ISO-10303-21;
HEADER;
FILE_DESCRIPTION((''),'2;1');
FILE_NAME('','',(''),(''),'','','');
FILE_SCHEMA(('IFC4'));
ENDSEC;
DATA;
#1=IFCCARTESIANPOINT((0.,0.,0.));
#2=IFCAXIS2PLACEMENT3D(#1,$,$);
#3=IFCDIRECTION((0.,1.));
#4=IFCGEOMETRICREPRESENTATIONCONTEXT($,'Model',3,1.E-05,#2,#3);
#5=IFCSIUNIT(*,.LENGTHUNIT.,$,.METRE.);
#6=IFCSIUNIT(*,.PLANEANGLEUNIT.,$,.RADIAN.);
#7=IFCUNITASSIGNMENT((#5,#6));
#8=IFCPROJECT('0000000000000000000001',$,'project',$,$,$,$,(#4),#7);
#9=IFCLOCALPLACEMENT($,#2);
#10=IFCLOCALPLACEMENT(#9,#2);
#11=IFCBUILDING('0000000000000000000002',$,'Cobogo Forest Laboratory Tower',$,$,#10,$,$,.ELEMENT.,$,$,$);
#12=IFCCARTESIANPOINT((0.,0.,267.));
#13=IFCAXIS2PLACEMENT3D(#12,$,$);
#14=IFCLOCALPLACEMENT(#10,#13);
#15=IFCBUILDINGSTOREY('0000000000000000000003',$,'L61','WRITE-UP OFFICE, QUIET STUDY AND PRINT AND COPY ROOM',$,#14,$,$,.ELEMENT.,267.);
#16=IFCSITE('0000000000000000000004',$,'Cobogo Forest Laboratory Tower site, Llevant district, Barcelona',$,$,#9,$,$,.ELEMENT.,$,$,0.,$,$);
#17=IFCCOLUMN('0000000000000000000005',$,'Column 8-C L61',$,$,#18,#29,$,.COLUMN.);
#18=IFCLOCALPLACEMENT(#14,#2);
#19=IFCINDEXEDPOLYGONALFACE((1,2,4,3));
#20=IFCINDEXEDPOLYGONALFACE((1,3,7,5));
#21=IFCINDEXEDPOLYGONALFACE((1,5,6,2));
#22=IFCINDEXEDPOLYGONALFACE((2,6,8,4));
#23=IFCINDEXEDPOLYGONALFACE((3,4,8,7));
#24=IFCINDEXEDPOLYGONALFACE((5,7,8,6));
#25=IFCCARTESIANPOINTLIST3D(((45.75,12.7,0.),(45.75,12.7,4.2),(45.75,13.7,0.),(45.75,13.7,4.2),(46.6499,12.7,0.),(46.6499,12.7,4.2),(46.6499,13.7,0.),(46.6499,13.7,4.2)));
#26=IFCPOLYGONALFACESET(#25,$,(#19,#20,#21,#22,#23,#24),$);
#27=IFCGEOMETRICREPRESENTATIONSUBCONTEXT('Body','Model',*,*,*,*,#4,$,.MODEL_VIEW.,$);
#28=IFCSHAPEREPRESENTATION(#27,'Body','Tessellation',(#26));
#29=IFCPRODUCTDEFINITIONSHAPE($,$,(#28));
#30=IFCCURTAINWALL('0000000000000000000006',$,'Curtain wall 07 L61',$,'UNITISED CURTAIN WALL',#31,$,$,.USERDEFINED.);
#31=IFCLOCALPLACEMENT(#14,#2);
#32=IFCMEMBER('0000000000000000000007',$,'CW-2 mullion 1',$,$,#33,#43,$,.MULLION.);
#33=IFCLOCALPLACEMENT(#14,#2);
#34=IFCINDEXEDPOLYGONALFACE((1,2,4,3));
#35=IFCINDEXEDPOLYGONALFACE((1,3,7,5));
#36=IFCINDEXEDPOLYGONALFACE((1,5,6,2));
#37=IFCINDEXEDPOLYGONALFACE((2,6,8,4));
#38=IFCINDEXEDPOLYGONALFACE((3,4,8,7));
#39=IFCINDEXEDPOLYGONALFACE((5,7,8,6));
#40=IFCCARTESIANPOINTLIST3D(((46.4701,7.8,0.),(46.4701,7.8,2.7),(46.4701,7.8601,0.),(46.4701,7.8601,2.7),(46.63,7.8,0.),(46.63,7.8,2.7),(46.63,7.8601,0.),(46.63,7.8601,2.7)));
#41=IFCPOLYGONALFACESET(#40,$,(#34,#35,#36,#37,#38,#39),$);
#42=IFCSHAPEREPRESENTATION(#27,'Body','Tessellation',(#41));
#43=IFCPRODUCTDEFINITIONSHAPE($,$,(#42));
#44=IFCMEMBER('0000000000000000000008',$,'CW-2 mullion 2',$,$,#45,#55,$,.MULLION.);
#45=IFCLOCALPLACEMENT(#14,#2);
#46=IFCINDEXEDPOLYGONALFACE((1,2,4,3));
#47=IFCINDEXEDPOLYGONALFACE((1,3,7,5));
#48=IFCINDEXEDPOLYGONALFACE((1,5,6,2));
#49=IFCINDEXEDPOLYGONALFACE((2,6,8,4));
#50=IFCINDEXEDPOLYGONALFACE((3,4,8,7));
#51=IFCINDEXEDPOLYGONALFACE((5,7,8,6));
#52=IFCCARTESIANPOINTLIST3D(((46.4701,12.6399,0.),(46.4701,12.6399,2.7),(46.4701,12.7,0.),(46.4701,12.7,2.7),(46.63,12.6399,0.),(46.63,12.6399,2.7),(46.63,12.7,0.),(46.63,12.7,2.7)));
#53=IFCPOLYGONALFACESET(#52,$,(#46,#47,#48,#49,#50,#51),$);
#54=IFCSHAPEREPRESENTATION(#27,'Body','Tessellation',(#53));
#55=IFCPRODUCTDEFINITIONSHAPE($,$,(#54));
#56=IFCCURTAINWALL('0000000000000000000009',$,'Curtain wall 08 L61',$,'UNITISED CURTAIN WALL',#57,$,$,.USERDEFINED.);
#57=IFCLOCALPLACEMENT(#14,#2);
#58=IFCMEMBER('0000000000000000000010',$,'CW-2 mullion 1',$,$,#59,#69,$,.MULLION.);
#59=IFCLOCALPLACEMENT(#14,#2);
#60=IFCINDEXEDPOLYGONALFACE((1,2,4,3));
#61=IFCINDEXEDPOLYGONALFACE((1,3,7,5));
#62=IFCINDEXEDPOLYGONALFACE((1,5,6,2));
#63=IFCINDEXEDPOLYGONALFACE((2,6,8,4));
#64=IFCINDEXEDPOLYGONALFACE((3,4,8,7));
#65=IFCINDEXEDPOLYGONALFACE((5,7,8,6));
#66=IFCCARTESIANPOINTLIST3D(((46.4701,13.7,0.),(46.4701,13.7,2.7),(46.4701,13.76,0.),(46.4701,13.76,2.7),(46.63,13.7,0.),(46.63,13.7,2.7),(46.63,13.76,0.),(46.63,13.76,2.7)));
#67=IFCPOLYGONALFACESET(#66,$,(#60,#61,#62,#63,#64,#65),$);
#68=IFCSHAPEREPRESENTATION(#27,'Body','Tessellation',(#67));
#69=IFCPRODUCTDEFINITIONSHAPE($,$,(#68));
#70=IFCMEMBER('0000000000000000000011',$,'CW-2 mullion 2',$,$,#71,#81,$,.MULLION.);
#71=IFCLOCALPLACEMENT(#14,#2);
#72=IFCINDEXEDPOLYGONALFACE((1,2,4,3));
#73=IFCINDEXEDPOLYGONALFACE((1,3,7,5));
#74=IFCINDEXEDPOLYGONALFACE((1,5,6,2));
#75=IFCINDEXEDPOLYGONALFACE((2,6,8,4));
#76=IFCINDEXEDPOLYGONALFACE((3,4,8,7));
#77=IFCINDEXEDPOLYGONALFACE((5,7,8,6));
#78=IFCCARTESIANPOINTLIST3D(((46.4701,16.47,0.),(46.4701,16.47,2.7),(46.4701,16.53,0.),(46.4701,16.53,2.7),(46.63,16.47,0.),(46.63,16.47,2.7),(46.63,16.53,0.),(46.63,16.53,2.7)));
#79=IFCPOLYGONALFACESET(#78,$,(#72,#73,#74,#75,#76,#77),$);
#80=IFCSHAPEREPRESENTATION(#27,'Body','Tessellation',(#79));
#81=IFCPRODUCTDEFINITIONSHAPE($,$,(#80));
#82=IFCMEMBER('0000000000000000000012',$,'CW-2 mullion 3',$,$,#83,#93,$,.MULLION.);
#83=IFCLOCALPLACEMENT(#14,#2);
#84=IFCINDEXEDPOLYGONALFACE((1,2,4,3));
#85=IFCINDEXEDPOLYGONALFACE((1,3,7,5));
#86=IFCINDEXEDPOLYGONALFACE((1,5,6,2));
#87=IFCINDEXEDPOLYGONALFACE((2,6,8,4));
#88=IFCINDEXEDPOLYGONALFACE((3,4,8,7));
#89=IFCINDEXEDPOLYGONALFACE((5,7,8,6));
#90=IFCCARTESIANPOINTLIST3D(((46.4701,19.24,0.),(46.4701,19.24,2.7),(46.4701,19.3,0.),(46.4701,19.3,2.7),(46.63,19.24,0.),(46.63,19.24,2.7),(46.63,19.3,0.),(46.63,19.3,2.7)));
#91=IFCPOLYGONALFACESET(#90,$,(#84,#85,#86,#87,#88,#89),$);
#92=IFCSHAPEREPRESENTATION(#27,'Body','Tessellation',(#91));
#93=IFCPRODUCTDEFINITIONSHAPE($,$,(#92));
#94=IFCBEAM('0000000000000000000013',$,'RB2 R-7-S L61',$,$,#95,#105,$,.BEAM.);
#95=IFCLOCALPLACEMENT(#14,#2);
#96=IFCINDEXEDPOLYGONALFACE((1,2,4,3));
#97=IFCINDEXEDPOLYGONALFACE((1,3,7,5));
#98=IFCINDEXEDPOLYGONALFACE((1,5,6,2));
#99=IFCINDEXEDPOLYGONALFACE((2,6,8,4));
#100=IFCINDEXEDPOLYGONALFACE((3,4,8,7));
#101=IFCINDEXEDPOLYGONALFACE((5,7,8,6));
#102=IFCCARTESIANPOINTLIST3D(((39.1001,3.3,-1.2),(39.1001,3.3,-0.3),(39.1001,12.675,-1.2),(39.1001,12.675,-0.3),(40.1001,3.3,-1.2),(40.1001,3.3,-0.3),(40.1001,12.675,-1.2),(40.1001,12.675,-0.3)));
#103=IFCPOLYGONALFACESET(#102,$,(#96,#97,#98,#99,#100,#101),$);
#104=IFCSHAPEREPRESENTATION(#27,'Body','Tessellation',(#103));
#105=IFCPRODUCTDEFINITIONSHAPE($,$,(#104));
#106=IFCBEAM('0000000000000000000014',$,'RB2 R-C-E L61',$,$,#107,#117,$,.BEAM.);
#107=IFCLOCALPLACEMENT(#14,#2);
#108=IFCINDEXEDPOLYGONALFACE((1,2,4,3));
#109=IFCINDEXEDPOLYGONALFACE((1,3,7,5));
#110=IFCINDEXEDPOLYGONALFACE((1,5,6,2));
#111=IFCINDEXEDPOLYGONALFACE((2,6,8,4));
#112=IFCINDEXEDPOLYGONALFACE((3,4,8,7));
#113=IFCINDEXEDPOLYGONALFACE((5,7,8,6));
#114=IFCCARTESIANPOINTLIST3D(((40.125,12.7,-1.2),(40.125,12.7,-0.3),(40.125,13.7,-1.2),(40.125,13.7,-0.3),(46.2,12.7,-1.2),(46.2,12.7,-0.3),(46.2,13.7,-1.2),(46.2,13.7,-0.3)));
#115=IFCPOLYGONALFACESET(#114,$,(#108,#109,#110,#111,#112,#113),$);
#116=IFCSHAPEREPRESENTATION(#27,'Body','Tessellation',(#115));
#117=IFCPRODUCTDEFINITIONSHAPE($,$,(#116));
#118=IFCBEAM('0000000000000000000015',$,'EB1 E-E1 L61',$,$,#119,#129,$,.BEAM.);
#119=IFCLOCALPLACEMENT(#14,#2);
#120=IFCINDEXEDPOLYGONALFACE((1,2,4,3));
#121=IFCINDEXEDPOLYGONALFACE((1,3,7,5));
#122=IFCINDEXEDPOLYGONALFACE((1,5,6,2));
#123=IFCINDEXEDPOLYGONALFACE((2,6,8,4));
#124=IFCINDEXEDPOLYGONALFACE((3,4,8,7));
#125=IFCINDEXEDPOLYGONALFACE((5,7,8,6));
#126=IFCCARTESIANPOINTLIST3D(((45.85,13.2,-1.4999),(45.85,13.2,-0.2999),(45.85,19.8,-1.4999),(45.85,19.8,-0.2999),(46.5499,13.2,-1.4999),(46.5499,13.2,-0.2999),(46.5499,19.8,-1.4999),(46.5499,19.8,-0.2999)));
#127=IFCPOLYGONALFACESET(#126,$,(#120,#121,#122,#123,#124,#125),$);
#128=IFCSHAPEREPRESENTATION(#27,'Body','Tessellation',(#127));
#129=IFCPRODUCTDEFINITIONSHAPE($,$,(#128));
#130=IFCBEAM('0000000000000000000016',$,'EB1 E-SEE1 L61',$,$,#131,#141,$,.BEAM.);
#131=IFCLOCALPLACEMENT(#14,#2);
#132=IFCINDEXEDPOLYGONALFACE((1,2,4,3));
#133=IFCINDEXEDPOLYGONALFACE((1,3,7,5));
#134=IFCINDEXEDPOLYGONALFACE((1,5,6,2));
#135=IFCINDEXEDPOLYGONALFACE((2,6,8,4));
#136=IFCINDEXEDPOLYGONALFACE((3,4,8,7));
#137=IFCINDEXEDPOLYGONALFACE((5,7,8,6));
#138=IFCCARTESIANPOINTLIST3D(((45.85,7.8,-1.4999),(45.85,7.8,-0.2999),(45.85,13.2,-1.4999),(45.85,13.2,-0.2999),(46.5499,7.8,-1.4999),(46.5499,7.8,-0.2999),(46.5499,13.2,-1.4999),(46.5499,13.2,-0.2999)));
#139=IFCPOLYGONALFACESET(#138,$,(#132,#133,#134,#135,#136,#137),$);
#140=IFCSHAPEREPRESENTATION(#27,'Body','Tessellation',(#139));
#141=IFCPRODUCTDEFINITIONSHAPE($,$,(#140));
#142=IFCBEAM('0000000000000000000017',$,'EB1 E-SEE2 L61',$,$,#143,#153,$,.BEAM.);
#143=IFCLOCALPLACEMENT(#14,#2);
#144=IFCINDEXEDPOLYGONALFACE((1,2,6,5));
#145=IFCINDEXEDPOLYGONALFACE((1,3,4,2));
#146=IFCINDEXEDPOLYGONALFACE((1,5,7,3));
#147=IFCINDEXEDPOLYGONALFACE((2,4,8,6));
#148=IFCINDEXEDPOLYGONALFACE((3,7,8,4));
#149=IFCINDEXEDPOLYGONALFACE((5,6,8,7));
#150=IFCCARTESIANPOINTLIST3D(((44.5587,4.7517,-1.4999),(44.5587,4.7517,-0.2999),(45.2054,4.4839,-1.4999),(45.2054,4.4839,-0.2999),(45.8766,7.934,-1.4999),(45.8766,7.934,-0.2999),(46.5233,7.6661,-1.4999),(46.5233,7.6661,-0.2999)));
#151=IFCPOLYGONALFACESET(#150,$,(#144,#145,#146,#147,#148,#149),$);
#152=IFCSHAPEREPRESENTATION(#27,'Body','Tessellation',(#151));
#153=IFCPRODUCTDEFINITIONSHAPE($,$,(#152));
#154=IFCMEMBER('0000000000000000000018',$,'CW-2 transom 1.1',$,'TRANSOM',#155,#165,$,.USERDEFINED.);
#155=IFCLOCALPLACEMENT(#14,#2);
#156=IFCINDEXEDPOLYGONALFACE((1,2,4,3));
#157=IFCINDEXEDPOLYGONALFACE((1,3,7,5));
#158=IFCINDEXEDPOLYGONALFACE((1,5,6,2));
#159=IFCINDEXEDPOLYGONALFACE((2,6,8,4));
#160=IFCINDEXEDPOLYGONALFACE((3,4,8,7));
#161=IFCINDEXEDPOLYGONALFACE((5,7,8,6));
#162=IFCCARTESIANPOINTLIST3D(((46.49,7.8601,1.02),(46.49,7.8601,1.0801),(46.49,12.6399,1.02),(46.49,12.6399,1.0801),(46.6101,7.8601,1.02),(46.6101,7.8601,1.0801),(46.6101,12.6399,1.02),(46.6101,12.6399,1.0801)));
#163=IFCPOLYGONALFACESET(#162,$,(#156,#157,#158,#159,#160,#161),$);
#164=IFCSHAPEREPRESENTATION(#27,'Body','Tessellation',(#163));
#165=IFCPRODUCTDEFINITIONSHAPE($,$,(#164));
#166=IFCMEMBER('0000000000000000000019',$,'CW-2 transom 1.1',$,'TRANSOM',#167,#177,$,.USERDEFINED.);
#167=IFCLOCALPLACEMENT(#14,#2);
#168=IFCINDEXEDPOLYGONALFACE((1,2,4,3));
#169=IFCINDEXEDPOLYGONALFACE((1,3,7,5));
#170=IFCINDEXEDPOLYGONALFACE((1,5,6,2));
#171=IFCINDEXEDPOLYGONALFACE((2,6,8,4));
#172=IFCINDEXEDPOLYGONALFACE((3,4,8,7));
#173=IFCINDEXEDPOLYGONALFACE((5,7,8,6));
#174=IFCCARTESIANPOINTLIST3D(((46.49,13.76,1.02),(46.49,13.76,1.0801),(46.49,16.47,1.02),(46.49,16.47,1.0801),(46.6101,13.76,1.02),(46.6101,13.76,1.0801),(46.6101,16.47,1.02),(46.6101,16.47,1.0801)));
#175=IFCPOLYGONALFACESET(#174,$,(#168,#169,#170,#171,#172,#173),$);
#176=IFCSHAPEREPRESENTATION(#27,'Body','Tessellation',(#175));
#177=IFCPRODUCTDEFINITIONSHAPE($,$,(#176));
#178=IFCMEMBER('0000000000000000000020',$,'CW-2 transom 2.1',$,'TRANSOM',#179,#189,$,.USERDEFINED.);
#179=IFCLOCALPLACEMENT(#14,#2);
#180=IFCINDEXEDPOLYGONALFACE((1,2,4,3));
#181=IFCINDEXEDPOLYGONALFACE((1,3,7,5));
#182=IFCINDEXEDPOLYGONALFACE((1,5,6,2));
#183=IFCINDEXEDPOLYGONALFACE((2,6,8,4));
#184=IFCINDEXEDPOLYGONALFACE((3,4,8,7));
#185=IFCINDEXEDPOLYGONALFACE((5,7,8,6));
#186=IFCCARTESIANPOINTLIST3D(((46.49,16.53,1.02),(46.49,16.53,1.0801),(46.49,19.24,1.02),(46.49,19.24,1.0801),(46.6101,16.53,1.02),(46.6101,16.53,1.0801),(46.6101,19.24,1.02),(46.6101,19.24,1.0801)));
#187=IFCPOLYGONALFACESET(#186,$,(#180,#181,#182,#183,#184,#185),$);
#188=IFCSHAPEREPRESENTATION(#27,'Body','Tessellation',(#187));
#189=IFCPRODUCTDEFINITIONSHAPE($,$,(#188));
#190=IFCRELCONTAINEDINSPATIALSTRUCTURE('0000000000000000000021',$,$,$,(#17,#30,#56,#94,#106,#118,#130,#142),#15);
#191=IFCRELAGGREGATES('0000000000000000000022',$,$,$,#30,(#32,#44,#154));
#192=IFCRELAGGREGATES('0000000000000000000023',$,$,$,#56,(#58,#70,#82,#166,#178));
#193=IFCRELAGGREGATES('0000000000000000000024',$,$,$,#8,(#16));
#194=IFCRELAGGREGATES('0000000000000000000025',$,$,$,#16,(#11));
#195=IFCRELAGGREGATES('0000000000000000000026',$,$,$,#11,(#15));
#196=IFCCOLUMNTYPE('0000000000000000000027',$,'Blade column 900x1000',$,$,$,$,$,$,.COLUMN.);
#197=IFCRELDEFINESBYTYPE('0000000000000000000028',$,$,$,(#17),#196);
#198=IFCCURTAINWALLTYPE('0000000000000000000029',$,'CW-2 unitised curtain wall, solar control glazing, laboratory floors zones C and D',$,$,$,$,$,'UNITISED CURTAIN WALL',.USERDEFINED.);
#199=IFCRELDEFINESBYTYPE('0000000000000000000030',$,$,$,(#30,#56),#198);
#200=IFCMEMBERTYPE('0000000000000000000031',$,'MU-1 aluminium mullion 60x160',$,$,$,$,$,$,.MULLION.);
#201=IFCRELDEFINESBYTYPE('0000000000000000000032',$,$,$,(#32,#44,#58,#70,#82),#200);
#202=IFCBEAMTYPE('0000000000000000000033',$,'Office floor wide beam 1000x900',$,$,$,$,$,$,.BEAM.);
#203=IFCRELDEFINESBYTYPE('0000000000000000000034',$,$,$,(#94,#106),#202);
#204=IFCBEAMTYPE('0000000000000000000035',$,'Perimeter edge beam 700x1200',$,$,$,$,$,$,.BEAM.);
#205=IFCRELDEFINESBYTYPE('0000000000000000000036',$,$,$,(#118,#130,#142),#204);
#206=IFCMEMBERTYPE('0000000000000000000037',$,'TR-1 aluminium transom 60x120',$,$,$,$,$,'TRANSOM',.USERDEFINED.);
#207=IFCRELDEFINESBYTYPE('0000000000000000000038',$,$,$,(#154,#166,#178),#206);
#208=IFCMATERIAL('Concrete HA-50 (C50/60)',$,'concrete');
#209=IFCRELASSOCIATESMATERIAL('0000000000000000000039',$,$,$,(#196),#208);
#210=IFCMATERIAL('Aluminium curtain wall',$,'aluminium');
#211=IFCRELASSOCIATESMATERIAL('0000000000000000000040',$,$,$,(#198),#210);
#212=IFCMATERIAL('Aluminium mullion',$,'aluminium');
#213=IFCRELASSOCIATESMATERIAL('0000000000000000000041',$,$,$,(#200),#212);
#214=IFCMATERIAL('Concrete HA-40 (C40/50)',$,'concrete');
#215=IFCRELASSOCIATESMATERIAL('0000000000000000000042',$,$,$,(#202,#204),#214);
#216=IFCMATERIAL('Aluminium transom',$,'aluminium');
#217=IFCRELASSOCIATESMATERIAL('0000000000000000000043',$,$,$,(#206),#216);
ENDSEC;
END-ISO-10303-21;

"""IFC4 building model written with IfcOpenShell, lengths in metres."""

from ifc_helpers import new_model, si_unit, direction, frame, origin, origin_2d, place, context, subcontext, project, spatial, rectangle, extrude, material, material_profile, profile_set, type_object, element, aggregate, save


model = new_model("IFC4")

# Units and contexts
model_context = context("Model", 3, precision=1e-05, world=origin(), true_north=direction((0.0, 1.0)))
body_context = subcontext(model_context, "Body", "Model", "MODEL_VIEW")
ifc_project = project(units=[si_unit("LENGTHUNIT", "METRE"), si_unit("PLANEANGLEUNIT", "RADIAN")], contexts=[model_context])

# Site, building, storey
site_placement = place(None, origin())
site = spatial("IfcSite", under=ifc_project, at=site_placement, Name="Cobogo Forest Laboratory Tower site, Llevant district, Barcelona", CompositionType="ELEMENT", RefElevation=0.0)
building_placement = place(site_placement, origin())
building = spatial("IfcBuilding", under=site, at=building_placement, Name="Cobogo Forest Laboratory Tower", CompositionType="ELEMENT")
storey_placement = place(building_placement, frame((0.0, 0.0, 267.0)))
storey = spatial("IfcBuildingStorey", under=building, at=storey_placement, Name="L61", Description="WRITE-UP OFFICE, QUIET STUDY AND PRINT AND COPY ROOM", CompositionType="ELEMENT", Elevation=267.0)

# Column
ifc_material_1 = material(Name="Concrete HA-50 (C50/60)", Category="concrete")
ifc_material_profile_1 = material_profile(ifc_material_1, rectangle(XDim=1.0, YDim=0.8999, at=origin_2d()), Name="RC 900x1000")
ifc_profile_set_1 = profile_set([ifc_material_profile_1], Name="Concrete HA-50 (C50/60)")
column_type = type_object("IfcColumnType", Name="Blade column 900x1000", PredefinedType="COLUMN", material=ifc_profile_set_1)
column_placement = place(storey_placement, frame((46.2, 13.2, 0.0), z_axis=(0.0, 0.0, 1.0), x_axis=(0.0, 1.0, 0.0)))
element("IfcColumn", 1, at=column_placement, inside=storey, type_object=column_type, Name="Column 8-C L61", PredefinedType="COLUMN", context=body_context, shape_type="SweptSolid", body=[
    extrude(rectangle(XDim=1.0, YDim=0.8999, at=origin_2d()), origin(), (0.0, 0.0, 1.0), 4.2),
])

# Curtain walls, members
ifc_material_2 = material(Name="Aluminium curtain wall", Category="aluminium")
curtain_wall_type = type_object("IfcCurtainWallType", Name="CW-2 unitised curtain wall, solar control glazing, laboratory floors zones C and D", ElementType="UNITISED CURTAIN WALL", PredefinedType="USERDEFINED", material=ifc_material_2)
curtain_wall_1_placement = place(storey_placement, origin())
curtain_wall_1 = element("IfcCurtainWall", 2, at=curtain_wall_1_placement, inside=storey, type_object=curtain_wall_type, Name="Curtain wall 07 L61", ObjectType="UNITISED CURTAIN WALL", PredefinedType="USERDEFINED")
ifc_material_3 = material(Name="Aluminium mullion", Category="aluminium")
ifc_material_profile_2 = material_profile(ifc_material_3, rectangle(XDim=0.0601, YDim=0.1599, at=origin_2d()), Name="AL 60x160")
ifc_profile_set_2 = profile_set([ifc_material_profile_2], Name="Aluminium mullion")
member_type_1 = type_object("IfcMemberType", Name="MU-1 aluminium mullion 60x160", PredefinedType="MULLION", material=ifc_profile_set_2)
member_1_placement = place(storey_placement, frame((46.55, 7.8301, 0.0), z_axis=(0.0, 0.0, 1.0), x_axis=(0.0, 1.0, 0.0)))
member_1 = element("IfcMember", 3, at=member_1_placement, type_object=member_type_1, Name="CW-2 mullion 1", PredefinedType="MULLION", context=body_context, shape_type="SweptSolid", body=[
    extrude(rectangle(XDim=0.0601, YDim=0.1599, at=origin_2d()), origin(), (0.0, 0.0, 1.0), 2.7),
])
member_2_placement = place(storey_placement, frame((46.55, 12.6699, 0.0), z_axis=(0.0, 0.0, 1.0), x_axis=(0.0, 1.0, 0.0)))
member_2 = element("IfcMember", 4, at=member_2_placement, type_object=member_type_1, Name="CW-2 mullion 2", PredefinedType="MULLION", context=body_context, shape_type="SweptSolid", body=[
    extrude(rectangle(XDim=0.0601, YDim=0.1599, at=origin_2d()), origin(), (0.0, 0.0, 1.0), 2.7),
])
curtain_wall_2_placement = place(storey_placement, origin())
curtain_wall_2 = element("IfcCurtainWall", 5, at=curtain_wall_2_placement, inside=storey, type_object=curtain_wall_type, Name="Curtain wall 08 L61", ObjectType="UNITISED CURTAIN WALL", PredefinedType="USERDEFINED")
member_3_placement = place(storey_placement, frame((46.55, 13.73, 0.0), z_axis=(0.0, 0.0, 1.0), x_axis=(0.0, 1.0, 0.0)))
member_3 = element("IfcMember", 6, at=member_3_placement, type_object=member_type_1, Name="CW-2 mullion 1", PredefinedType="MULLION", context=body_context, shape_type="SweptSolid", body=[
    extrude(rectangle(XDim=0.0601, YDim=0.1599, at=origin_2d()), origin(), (0.0, 0.0, 1.0), 2.7),
])
member_4_placement = place(storey_placement, frame((46.55, 16.5, 0.0), z_axis=(0.0, 0.0, 1.0), x_axis=(0.0, 1.0, 0.0)))
member_4 = element("IfcMember", 7, at=member_4_placement, type_object=member_type_1, Name="CW-2 mullion 2", PredefinedType="MULLION", context=body_context, shape_type="SweptSolid", body=[
    extrude(rectangle(XDim=0.0601, YDim=0.1599, at=origin_2d()), origin(), (0.0, 0.0, 1.0), 2.7),
])
member_5_placement = place(storey_placement, frame((46.55, 19.27, 0.0), z_axis=(0.0, 0.0, 1.0), x_axis=(0.0, 1.0, 0.0)))
member_5 = element("IfcMember", 8, at=member_5_placement, type_object=member_type_1, Name="CW-2 mullion 3", PredefinedType="MULLION", context=body_context, shape_type="SweptSolid", body=[
    extrude(rectangle(XDim=0.0601, YDim=0.1599, at=origin_2d()), origin(), (0.0, 0.0, 1.0), 2.7),
])

# Beams
ifc_material_4 = material(Name="Concrete HA-40 (C40/50)", Category="concrete")
ifc_material_profile_3 = material_profile(ifc_material_4, rectangle(XDim=1.0, YDim=0.8999, at=origin_2d()), Name="RC 1000x900")
ifc_profile_set_3 = profile_set([ifc_material_profile_3], Name="Concrete HA-40 (C40/50)")
beam_type_1 = type_object("IfcBeamType", Name="Office floor wide beam 1000x900", PredefinedType="BEAM", material=ifc_profile_set_3)
beam_1_placement = place(storey_placement, frame((39.6001, 12.675, -0.75), z_axis=(0.0, -1.0, 0.0), x_axis=(1.0, 0.0, 0.0)))
element("IfcBeam", 9, at=beam_1_placement, inside=storey, type_object=beam_type_1, Name="RB2 R-7-S L61", PredefinedType="BEAM", context=body_context, shape_type="SweptSolid", body=[
    extrude(rectangle(XDim=1.0, YDim=0.8999, at=origin_2d()), origin(), (0.0, 0.0, 1.0), 9.375),
])
beam_2_placement = place(storey_placement, frame((40.125, 13.2, -0.75), z_axis=(1.0, 0.0, 0.0), x_axis=(0.0, 1.0, 0.0)))
element("IfcBeam", 10, at=beam_2_placement, inside=storey, type_object=beam_type_1, Name="RB2 R-C-E L61", PredefinedType="BEAM", context=body_context, shape_type="SweptSolid", body=[
    extrude(rectangle(XDim=1.0, YDim=0.8999, at=origin_2d()), origin(), (0.0, 0.0, 1.0), 6.075),
])
ifc_material_profile_4 = material_profile(ifc_material_4, rectangle(XDim=0.7, YDim=1.2, at=origin_2d()), Name="RC 700x1200")
ifc_profile_set_4 = profile_set([ifc_material_profile_4], Name="Concrete HA-40 (C40/50)")
beam_type_2 = type_object("IfcBeamType", Name="Perimeter edge beam 700x1200", PredefinedType="BEAM", material=ifc_profile_set_4)
beam_3_placement = place(storey_placement, frame((46.2, 13.2, -0.8999), z_axis=(0.0, 1.0, 0.0), x_axis=(-1.0, 0.0, 0.0)))
element("IfcBeam", 11, at=beam_3_placement, inside=storey, type_object=beam_type_2, Name="EB1 E-E1 L61", PredefinedType="BEAM", context=body_context, shape_type="SweptSolid", body=[
    extrude(rectangle(XDim=0.7, YDim=1.2, at=origin_2d()), origin(), (0.0, 0.0, 1.0), 6.6001),
])
beam_4_placement = place(storey_placement, frame((46.2, 13.2, -0.8999), z_axis=(0.0, -1.0, 0.0), x_axis=(1.0, 0.0, 0.0)))
element("IfcBeam", 12, at=beam_4_placement, inside=storey, type_object=beam_type_2, Name="EB1 E-SEE1 L61", PredefinedType="BEAM", context=body_context, shape_type="SweptSolid", body=[
    extrude(rectangle(XDim=0.7, YDim=1.2, at=origin_2d()), origin(), (0.0, 0.0, 1.0), 5.3999),
])
beam_5_placement = place(storey_placement, frame((46.2, 7.8, -0.8999), z_axis=(-0.382631, -0.923901, 0.0), x_axis=(0.923901, -0.382631, 0.0)))
element("IfcBeam", 13, at=beam_5_placement, inside=storey, type_object=beam_type_2, Name="EB1 E-SEE2 L61", PredefinedType="BEAM", context=body_context, shape_type="SweptSolid", body=[
    extrude(rectangle(XDim=0.7, YDim=1.2, at=origin_2d()), origin(), (0.0, 0.0, 1.0), 3.4443),
])

# Members
ifc_material_5 = material(Name="Aluminium transom", Category="aluminium")
ifc_material_profile_5 = material_profile(ifc_material_5, rectangle(XDim=0.1201, YDim=0.0601, at=origin_2d()), Name="AL 60x120")
ifc_profile_set_5 = profile_set([ifc_material_profile_5], Name="Aluminium transom")
member_type_2 = type_object("IfcMemberType", Name="TR-1 aluminium transom 60x120", ElementType="TRANSOM", PredefinedType="USERDEFINED", material=ifc_profile_set_5)
member_6_placement = place(storey_placement, frame((46.55, 7.8601, 1.05), z_axis=(0.0, 1.0, 0.0), x_axis=(-1.0, 0.0, 0.0)))
member_6 = element("IfcMember", 14, at=member_6_placement, type_object=member_type_2, Name="CW-2 transom 1.1", ObjectType="TRANSOM", PredefinedType="USERDEFINED", context=body_context, shape_type="SweptSolid", body=[
    extrude(rectangle(XDim=0.1201, YDim=0.0601, at=origin_2d()), origin(), (0.0, 0.0, 1.0), 4.7798),
])
member_7_placement = place(storey_placement, frame((46.55, 13.76, 1.05), z_axis=(0.0, 1.0, 0.0), x_axis=(-1.0, 0.0, 0.0)))
member_7 = element("IfcMember", 15, at=member_7_placement, type_object=member_type_2, Name="CW-2 transom 1.1", ObjectType="TRANSOM", PredefinedType="USERDEFINED", context=body_context, shape_type="SweptSolid", body=[
    extrude(rectangle(XDim=0.1201, YDim=0.0601, at=origin_2d()), origin(), (0.0, 0.0, 1.0), 2.71),
])
member_8_placement = place(storey_placement, frame((46.55, 16.53, 1.05), z_axis=(0.0, 1.0, 0.0), x_axis=(-1.0, 0.0, 0.0)))
member_8 = element("IfcMember", 16, at=member_8_placement, type_object=member_type_2, Name="CW-2 transom 2.1", ObjectType="TRANSOM", PredefinedType="USERDEFINED", context=body_context, shape_type="SweptSolid", body=[
    extrude(rectangle(XDim=0.1201, YDim=0.0601, at=origin_2d()), origin(), (0.0, 0.0, 1.0), 2.71),
])

aggregate(curtain_wall_1, [member_1, member_2, member_6])
aggregate(curtain_wall_2, [member_3, member_4, member_5, member_7, member_8])

save(model, "model.ifc")
